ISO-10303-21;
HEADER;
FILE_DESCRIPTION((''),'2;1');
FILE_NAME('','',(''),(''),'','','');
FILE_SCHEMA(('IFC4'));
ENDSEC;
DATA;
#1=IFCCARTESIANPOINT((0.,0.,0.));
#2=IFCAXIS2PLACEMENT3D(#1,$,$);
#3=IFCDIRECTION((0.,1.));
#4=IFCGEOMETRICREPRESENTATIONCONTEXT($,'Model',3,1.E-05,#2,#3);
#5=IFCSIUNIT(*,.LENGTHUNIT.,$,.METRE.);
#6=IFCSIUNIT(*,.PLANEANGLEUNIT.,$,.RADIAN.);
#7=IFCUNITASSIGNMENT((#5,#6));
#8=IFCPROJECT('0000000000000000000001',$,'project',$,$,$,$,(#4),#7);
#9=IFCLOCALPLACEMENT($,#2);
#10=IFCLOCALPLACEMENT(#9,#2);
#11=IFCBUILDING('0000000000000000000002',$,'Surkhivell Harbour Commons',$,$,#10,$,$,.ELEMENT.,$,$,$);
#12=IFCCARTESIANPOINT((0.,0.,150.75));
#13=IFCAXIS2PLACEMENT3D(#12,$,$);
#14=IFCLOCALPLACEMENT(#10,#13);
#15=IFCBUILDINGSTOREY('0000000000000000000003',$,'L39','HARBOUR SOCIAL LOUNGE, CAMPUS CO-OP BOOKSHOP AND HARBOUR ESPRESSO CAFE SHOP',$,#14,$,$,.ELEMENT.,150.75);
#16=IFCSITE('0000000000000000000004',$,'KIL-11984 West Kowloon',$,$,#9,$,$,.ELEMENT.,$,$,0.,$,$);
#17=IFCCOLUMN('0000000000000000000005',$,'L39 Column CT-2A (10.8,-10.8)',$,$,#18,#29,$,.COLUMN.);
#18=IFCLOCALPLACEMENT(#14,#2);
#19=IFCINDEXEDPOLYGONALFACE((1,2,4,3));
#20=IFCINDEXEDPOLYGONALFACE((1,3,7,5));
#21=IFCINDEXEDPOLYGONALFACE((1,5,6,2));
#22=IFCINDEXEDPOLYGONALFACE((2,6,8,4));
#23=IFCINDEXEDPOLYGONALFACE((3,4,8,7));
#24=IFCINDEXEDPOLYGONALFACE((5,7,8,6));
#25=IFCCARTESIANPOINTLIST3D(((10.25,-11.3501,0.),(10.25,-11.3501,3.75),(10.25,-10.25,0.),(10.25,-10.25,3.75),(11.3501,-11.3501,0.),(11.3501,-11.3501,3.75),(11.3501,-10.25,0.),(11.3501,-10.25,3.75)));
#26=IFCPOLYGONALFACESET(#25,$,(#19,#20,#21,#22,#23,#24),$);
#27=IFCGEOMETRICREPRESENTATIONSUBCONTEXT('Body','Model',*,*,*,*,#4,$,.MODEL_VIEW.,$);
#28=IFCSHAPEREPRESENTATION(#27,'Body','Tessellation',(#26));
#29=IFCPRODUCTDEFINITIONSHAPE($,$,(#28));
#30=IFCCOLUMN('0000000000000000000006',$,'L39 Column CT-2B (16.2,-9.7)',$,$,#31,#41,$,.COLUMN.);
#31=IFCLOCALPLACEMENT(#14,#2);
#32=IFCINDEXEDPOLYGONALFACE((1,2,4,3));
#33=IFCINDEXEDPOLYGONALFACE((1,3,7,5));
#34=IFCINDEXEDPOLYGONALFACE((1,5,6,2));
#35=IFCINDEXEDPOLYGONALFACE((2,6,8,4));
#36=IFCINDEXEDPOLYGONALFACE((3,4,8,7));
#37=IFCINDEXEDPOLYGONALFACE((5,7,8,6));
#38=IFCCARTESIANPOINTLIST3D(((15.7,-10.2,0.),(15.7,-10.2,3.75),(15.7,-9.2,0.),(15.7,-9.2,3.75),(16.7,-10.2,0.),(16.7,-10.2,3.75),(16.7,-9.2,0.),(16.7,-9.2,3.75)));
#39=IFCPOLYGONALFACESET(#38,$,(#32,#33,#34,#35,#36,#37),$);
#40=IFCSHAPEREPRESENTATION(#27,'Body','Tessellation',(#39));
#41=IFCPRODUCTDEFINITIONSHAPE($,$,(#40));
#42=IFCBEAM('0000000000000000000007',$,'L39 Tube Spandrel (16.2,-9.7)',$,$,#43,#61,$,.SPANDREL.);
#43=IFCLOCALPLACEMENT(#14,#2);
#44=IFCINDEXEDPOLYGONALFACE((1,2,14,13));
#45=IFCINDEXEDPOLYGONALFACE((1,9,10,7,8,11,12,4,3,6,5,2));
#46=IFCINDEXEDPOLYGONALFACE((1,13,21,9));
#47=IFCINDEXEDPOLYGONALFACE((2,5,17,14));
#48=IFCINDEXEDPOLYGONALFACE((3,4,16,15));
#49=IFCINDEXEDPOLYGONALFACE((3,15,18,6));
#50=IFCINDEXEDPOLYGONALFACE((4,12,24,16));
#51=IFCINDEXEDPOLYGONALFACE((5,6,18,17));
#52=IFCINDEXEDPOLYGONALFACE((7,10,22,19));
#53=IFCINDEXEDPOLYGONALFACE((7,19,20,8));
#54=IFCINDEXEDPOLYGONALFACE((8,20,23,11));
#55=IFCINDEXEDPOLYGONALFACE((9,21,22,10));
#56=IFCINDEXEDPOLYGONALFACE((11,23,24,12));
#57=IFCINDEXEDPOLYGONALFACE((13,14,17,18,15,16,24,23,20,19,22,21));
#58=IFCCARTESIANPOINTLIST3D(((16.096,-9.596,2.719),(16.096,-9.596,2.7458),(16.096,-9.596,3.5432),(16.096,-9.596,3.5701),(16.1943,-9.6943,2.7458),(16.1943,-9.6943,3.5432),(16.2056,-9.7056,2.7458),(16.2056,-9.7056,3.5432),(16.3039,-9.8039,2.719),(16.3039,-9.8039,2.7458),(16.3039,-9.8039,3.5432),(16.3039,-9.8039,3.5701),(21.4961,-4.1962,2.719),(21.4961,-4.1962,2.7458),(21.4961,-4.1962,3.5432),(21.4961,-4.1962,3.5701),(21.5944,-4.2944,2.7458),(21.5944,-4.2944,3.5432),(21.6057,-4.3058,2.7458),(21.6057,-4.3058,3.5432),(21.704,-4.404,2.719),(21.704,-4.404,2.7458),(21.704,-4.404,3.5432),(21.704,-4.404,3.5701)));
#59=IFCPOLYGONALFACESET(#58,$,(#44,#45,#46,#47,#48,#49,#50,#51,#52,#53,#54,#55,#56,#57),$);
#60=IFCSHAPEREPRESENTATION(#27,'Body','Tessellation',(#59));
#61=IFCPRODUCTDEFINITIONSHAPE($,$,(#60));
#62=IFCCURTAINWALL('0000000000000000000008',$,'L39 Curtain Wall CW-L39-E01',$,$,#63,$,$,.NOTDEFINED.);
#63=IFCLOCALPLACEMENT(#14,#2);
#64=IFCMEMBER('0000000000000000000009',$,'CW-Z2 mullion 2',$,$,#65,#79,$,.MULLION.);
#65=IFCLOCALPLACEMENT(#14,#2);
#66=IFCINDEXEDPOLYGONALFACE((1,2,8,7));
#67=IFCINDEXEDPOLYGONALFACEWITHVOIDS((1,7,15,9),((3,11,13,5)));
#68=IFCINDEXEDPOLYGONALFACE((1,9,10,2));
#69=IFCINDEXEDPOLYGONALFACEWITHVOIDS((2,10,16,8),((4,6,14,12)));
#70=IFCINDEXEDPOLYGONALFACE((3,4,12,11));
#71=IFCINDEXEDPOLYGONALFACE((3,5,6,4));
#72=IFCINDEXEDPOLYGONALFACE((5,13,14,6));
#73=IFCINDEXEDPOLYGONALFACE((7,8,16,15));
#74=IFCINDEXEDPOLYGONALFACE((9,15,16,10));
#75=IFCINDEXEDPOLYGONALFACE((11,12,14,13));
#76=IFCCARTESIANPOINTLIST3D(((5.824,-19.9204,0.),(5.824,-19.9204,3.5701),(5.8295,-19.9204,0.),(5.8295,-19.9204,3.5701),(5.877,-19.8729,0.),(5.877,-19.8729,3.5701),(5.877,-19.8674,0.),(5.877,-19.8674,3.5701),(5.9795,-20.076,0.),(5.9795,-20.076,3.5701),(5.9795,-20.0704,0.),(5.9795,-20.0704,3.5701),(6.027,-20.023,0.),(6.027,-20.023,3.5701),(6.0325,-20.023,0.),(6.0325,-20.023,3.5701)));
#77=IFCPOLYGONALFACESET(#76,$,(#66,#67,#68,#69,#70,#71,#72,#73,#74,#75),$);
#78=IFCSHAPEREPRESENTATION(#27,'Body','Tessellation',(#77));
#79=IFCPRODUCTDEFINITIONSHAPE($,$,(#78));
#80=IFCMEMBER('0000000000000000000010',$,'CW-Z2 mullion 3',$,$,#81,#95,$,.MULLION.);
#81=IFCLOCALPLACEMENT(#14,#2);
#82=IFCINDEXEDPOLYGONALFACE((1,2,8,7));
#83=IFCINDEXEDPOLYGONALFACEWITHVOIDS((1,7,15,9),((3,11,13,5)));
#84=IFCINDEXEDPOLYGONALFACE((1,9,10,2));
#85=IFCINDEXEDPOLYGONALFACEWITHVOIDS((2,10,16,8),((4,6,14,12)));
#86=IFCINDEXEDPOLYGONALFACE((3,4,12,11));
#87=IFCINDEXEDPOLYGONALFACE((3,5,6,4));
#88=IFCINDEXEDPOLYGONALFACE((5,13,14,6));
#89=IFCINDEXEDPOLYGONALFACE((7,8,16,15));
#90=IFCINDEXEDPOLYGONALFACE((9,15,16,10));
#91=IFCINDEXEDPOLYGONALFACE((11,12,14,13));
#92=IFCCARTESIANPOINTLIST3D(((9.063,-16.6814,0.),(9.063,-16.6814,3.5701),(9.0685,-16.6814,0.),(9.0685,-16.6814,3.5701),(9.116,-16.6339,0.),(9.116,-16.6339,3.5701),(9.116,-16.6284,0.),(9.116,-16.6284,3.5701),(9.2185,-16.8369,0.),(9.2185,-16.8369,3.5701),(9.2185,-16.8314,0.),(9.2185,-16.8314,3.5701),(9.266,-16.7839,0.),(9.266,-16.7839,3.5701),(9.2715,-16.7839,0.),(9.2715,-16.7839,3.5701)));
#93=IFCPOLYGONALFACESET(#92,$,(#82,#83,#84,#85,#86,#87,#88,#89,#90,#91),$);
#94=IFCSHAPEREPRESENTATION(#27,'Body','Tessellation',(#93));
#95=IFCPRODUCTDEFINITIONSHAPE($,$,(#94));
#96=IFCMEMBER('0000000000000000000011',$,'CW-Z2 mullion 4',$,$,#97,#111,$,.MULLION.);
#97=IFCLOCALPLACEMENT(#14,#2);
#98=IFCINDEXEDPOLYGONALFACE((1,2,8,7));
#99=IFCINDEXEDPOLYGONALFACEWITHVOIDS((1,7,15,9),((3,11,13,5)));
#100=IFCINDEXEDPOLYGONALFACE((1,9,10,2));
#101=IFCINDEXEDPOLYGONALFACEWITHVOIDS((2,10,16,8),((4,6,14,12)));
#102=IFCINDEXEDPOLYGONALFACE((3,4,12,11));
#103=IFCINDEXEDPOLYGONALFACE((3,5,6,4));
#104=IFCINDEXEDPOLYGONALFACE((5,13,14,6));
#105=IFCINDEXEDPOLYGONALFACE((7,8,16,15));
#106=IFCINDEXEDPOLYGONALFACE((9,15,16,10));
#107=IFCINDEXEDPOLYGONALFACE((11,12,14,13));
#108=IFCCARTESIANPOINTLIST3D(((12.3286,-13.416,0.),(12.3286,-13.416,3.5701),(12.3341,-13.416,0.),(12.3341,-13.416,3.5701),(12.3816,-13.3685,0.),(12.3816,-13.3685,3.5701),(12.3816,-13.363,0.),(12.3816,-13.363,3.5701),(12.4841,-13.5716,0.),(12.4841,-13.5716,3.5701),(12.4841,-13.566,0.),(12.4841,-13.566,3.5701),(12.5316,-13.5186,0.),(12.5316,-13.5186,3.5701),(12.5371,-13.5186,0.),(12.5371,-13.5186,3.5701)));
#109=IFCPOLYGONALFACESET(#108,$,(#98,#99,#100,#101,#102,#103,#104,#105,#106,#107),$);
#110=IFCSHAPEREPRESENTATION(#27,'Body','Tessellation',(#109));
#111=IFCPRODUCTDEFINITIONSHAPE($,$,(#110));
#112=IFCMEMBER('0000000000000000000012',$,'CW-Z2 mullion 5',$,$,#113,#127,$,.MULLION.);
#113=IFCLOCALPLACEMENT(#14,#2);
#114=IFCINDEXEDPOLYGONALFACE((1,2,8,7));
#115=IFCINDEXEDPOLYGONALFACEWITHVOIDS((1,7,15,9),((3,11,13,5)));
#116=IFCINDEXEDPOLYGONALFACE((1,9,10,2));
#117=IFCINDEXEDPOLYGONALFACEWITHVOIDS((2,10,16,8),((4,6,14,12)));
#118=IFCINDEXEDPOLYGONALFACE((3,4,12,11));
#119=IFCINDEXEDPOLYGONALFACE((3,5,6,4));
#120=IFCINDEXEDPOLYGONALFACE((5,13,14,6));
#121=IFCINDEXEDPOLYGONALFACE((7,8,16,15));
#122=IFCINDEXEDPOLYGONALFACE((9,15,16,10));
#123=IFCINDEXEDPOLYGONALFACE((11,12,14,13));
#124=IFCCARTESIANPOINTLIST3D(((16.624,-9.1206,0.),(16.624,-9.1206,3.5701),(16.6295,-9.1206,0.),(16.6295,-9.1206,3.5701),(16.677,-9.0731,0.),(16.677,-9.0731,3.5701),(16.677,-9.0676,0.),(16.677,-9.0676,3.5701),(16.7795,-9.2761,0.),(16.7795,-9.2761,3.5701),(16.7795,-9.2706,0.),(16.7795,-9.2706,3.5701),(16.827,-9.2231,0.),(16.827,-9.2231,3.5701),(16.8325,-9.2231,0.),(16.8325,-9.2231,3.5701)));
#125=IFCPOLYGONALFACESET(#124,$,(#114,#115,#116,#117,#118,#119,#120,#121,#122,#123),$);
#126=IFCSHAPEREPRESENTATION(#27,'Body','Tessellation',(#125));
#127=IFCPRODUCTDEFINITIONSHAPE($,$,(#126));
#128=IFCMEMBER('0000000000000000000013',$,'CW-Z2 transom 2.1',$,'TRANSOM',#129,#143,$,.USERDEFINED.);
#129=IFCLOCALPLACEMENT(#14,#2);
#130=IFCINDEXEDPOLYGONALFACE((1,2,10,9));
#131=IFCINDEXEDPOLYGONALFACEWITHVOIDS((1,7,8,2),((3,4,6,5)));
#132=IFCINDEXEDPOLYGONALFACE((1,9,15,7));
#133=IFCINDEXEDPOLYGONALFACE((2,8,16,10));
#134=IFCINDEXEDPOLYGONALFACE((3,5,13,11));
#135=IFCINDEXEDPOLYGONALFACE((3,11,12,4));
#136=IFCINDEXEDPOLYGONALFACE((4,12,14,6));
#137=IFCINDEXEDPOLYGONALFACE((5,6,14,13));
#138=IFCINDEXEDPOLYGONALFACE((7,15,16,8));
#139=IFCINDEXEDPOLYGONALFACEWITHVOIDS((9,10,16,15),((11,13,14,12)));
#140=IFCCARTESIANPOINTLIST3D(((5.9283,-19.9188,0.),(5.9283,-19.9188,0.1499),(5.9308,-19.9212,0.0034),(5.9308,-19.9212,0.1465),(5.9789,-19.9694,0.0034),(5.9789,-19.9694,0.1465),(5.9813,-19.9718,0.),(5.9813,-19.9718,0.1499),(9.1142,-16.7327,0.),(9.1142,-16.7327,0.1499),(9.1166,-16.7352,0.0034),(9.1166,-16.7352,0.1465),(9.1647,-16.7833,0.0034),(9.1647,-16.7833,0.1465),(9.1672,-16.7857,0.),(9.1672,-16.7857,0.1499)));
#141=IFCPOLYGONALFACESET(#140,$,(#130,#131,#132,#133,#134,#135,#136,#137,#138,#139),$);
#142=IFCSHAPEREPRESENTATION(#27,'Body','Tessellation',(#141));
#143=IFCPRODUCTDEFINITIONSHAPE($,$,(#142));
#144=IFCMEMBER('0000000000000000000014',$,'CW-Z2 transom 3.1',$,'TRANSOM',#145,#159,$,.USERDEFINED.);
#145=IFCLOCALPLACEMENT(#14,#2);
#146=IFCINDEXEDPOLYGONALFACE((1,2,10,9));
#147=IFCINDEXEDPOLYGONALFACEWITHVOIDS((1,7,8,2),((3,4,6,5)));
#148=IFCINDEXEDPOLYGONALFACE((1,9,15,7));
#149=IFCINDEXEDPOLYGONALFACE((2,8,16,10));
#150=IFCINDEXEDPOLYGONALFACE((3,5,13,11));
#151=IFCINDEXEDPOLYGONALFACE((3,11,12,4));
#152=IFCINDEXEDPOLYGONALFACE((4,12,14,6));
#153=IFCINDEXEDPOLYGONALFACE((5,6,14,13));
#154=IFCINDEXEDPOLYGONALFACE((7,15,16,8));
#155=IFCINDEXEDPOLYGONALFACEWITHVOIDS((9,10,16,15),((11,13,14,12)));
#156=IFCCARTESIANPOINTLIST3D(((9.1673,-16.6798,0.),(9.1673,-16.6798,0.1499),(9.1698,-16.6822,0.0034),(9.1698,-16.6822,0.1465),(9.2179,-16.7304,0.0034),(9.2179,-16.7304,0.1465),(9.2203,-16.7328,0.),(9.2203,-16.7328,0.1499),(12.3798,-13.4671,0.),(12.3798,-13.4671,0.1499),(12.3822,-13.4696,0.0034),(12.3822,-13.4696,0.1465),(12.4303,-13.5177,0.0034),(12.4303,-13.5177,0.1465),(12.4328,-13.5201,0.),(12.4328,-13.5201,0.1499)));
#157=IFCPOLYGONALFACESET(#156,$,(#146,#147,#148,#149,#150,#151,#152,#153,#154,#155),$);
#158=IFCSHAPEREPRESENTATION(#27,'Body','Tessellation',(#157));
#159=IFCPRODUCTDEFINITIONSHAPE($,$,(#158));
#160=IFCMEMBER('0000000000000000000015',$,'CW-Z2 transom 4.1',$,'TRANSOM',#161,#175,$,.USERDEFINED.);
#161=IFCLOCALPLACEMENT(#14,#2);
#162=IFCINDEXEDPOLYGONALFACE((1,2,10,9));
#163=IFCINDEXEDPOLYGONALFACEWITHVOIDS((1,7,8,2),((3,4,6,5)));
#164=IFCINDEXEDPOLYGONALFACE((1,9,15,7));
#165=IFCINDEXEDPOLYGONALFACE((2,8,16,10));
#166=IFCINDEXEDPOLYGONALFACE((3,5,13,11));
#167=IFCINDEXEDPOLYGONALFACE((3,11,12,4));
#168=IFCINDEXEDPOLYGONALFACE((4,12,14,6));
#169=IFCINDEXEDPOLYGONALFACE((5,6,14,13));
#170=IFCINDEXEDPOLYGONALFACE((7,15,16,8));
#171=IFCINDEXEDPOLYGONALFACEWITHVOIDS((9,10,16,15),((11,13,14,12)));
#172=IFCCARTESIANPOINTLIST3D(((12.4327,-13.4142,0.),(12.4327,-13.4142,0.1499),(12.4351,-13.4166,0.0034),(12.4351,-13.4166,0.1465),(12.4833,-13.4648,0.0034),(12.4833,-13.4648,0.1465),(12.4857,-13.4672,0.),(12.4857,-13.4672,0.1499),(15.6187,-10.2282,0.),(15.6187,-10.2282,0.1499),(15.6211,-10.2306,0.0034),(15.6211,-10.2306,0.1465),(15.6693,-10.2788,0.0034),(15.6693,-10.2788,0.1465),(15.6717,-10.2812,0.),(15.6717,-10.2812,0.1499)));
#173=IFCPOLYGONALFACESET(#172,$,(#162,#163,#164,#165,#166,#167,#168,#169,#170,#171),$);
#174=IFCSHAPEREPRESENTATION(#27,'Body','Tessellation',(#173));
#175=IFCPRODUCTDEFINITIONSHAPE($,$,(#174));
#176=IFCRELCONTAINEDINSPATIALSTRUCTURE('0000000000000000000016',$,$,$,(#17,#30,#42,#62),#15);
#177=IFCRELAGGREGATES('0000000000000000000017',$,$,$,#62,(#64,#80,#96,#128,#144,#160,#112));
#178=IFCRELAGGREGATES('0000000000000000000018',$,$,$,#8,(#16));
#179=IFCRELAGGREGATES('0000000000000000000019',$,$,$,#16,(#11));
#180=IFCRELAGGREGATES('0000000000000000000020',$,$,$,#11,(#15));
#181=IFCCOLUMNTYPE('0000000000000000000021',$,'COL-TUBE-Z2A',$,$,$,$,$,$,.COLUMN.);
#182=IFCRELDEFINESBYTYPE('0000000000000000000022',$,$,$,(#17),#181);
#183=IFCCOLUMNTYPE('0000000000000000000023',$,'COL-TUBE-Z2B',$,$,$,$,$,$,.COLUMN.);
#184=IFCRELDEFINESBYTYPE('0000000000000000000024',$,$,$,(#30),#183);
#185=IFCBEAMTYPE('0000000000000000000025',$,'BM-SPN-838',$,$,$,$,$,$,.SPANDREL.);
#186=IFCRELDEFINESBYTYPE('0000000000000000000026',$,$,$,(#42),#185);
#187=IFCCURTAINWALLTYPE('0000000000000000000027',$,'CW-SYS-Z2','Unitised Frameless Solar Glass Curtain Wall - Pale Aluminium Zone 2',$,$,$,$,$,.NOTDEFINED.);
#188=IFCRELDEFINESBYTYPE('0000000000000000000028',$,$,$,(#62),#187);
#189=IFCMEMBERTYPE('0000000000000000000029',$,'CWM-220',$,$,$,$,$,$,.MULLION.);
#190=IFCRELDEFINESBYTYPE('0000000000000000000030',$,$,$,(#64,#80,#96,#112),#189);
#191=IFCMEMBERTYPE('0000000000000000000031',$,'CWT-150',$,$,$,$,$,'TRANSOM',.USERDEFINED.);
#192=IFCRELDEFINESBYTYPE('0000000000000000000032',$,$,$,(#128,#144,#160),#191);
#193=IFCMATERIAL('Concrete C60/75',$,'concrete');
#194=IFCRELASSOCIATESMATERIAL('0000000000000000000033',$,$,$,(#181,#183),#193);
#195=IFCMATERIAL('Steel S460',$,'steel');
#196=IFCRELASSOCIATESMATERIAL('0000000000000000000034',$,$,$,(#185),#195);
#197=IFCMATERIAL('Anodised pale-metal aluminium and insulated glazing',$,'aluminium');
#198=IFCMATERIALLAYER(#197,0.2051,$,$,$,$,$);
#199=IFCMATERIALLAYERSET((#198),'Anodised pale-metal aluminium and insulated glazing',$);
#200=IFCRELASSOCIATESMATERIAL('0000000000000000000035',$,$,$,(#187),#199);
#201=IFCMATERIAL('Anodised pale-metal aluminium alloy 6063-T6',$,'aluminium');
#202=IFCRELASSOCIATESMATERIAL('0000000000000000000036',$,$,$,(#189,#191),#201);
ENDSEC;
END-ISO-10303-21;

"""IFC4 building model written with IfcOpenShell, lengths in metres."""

from ifc_helpers import new_model, si_unit, direction, frame, origin, origin_2d, place, context, subcontext, project, spatial, rectangle, hollow_rectangle, i_section, extrude, material, layer, layer_set, material_profile, profile_set, type_object, element, aggregate, save


model = new_model("IFC4")

# Units and contexts
model_context = context("Model", 3, precision=1e-05, world=origin(), true_north=direction((0.0, 1.0)))
body_context = subcontext(model_context, "Body", "Model", "MODEL_VIEW")
ifc_project = project(units=[si_unit("LENGTHUNIT", "METRE"), si_unit("PLANEANGLEUNIT", "RADIAN")], contexts=[model_context])

# Site, building, storey
site_placement = place(None, origin())
site = spatial("IfcSite", under=ifc_project, at=site_placement, Name="KIL-11984 West Kowloon", CompositionType="ELEMENT", RefElevation=0.0)
building_placement = place(site_placement, origin())
building = spatial("IfcBuilding", under=site, at=building_placement, Name="Surkhivell Harbour Commons", CompositionType="ELEMENT")
storey_placement = place(building_placement, frame((0.0, 0.0, 150.75)))
storey = spatial("IfcBuildingStorey", under=building, at=storey_placement, Name="L39", Description="HARBOUR SOCIAL LOUNGE, CAMPUS CO-OP BOOKSHOP AND HARBOUR ESPRESSO CAFE SHOP", CompositionType="ELEMENT", Elevation=150.75)

# Columns
ifc_material_1 = material(Name="Concrete C60/75", Category="concrete")
ifc_material_profile_1 = material_profile(ifc_material_1, rectangle(XDim=1.1001, YDim=1.1001, at=origin_2d()), Name="RC-COL-1100x1100")
ifc_profile_set_1 = profile_set([ifc_material_profile_1], Name="Concrete C60/75")
column_type_1 = type_object("IfcColumnType", Name="COL-TUBE-Z2A", PredefinedType="COLUMN", material=ifc_profile_set_1)
column_1_placement = place(storey_placement, frame((10.8, -10.8, 0.0), z_axis=(0.0, 0.0, 1.0), x_axis=(1.0, 0.0, 0.0)))
element("IfcColumn", 1, at=column_1_placement, inside=storey, type_object=column_type_1, Name="L39 Column CT-2A (10.8,-10.8)", PredefinedType="COLUMN", context=body_context, shape_type="SweptSolid", body=[
    extrude(rectangle(XDim=1.1001, YDim=1.1001, at=origin_2d()), origin(), (0.0, 0.0, 1.0), 3.75),
])
ifc_material_profile_2 = material_profile(ifc_material_1, rectangle(XDim=1.0, YDim=1.0, at=origin_2d()), Name="RC-COL-1000x1000")
ifc_profile_set_2 = profile_set([ifc_material_profile_2], Name="Concrete C60/75")
column_type_2 = type_object("IfcColumnType", Name="COL-TUBE-Z2B", PredefinedType="COLUMN", material=ifc_profile_set_2)
column_2_placement = place(storey_placement, frame((16.2, -9.7, 0.0), z_axis=(0.0, 0.0, 1.0), x_axis=(1.0, 0.0, 0.0)))
element("IfcColumn", 2, at=column_2_placement, inside=storey, type_object=column_type_2, Name="L39 Column CT-2B (16.2,-9.7)", PredefinedType="COLUMN", context=body_context, shape_type="SweptSolid", body=[
    extrude(rectangle(XDim=1.0, YDim=1.0, at=origin_2d()), origin(), (0.0, 0.0, 1.0), 3.75),
])

# Beam
ifc_material_2 = material(Name="Steel S460", Category="steel")
ifc_material_profile_3 = material_profile(ifc_material_2, i_section(OverallWidth=0.2939, OverallDepth=0.8511, WebThickness=0.0161, FlangeThickness=0.0269, at=origin_2d()), Name="UB838x292x226")
ifc_profile_set_3 = profile_set([ifc_material_profile_3], Name="Steel S460")
beam_type = type_object("IfcBeamType", Name="BM-SPN-838", PredefinedType="SPANDREL", material=ifc_profile_set_3)
beam_placement = place(storey_placement, frame((16.2, -9.7, 3.1445), z_axis=(0.707123, 0.707091, 0.0), x_axis=(-0.707091, 0.707123, 0.0)))
element("IfcBeam", 3, at=beam_placement, inside=storey, type_object=beam_type, Name="L39 Tube Spandrel (16.2,-9.7)", PredefinedType="SPANDREL", context=body_context, shape_type="SweptSolid", body=[
    extrude(i_section(OverallWidth=0.2939, OverallDepth=0.8511, WebThickness=0.0161, FlangeThickness=0.0269, at=origin_2d()), origin(), (0.0, 0.0, 1.0), 7.6367),
])

# Curtain wall, members
ifc_material_3 = material(Name="Anodised pale-metal aluminium and insulated glazing", Category="aluminium")
ifc_layer_1 = layer(ifc_material_3, 0.2051)
ifc_layer_set_1 = layer_set([ifc_layer_1], Name="Anodised pale-metal aluminium and insulated glazing")
curtain_wall_type = type_object("IfcCurtainWallType", Name="CW-SYS-Z2", Description="Unitised Frameless Solar Glass Curtain Wall - Pale Aluminium Zone 2", PredefinedType="NOTDEFINED", material=ifc_layer_set_1)
curtain_wall_placement = place(storey_placement, origin())
curtain_wall = element("IfcCurtainWall", 4, at=curtain_wall_placement, inside=storey, type_object=curtain_wall_type, Name="L39 Curtain Wall CW-L39-E01", PredefinedType="NOTDEFINED")
ifc_material_4 = material(Name="Anodised pale-metal aluminium alloy 6063-T6", Category="aluminium")
ifc_material_profile_4 = material_profile(ifc_material_4, hollow_rectangle(XDim=0.075, YDim=0.22, WallThickness=0.0039, at=origin_2d()), Name="ALU-MULL-75x220")
ifc_profile_set_4 = profile_set([ifc_material_profile_4], Name="Anodised pale-metal aluminium alloy 6063-T6")
member_type_1 = type_object("IfcMemberType", Name="CWM-220", PredefinedType="MULLION", material=ifc_profile_set_4)
member_1_placement = place(storey_placement, frame((5.9282, -19.9717, 0.0), z_axis=(0.0, 0.0, 1.0), x_axis=(0.707107, 0.707107, 0.0)))
member_1 = element("IfcMember", 5, at=member_1_placement, type_object=member_type_1, Name="CW-Z2 mullion 2", PredefinedType="MULLION", context=body_context, shape_type="SweptSolid", body=[
    extrude(hollow_rectangle(XDim=0.075, YDim=0.22, WallThickness=0.0039, at=origin_2d()), origin(), (0.0, 0.0, 1.0), 3.5701),
])
member_2_placement = place(storey_placement, frame((9.1672, -16.7327, 0.0), z_axis=(0.0, 0.0, 1.0), x_axis=(0.707107, 0.707107, 0.0)))
member_2 = element("IfcMember", 6, at=member_2_placement, type_object=member_type_1, Name="CW-Z2 mullion 3", PredefinedType="MULLION", context=body_context, shape_type="SweptSolid", body=[
    extrude(hollow_rectangle(XDim=0.075, YDim=0.22, WallThickness=0.0039, at=origin_2d()), origin(), (0.0, 0.0, 1.0), 3.5701),
])
member_3_placement = place(storey_placement, frame((12.4329, -13.4673, 0.0), z_axis=(0.0, 0.0, 1.0), x_axis=(0.707107, 0.707107, 0.0)))
member_3 = element("IfcMember", 7, at=member_3_placement, type_object=member_type_1, Name="CW-Z2 mullion 4", PredefinedType="MULLION", context=body_context, shape_type="SweptSolid", body=[
    extrude(hollow_rectangle(XDim=0.075, YDim=0.22, WallThickness=0.0039, at=origin_2d()), origin(), (0.0, 0.0, 1.0), 3.5701),
])
member_4_placement = place(storey_placement, frame((16.7283, -9.1719, 0.0), z_axis=(0.0, 0.0, 1.0), x_axis=(0.707107, 0.707107, 0.0)))
member_4 = element("IfcMember", 8, at=member_4_placement, type_object=member_type_1, Name="CW-Z2 mullion 5", PredefinedType="MULLION", context=body_context, shape_type="SweptSolid", body=[
    extrude(hollow_rectangle(XDim=0.075, YDim=0.22, WallThickness=0.0039, at=origin_2d()), origin(), (0.0, 0.0, 1.0), 3.5701),
])
ifc_material_profile_5 = material_profile(ifc_material_4, hollow_rectangle(XDim=0.075, YDim=0.1499, WallThickness=0.0034, at=origin_2d()), Name="ALU-TRAN-75x150")
ifc_profile_set_5 = profile_set([ifc_material_profile_5], Name="Anodised pale-metal aluminium alloy 6063-T6")
member_type_2 = type_object("IfcMemberType", Name="CWT-150", ElementType="TRANSOM", PredefinedType="USERDEFINED", material=ifc_profile_set_5)
member_5_placement = place(storey_placement, frame((5.9548, -19.9453, 0.075), z_axis=(0.70708, 0.707134, 0.0), x_axis=(-0.707134, 0.70708, 0.0)))
member_5 = element("IfcMember", 9, at=member_5_placement, type_object=member_type_2, Name="CW-Z2 transom 2.1", ObjectType="TRANSOM", PredefinedType="USERDEFINED", context=body_context, shape_type="SweptSolid", body=[
    extrude(hollow_rectangle(XDim=0.075, YDim=0.1499, WallThickness=0.0034, at=origin_2d()), origin(), (0.0, 0.0, 1.0), 4.5056),
])
member_6_placement = place(storey_placement, frame((9.1938, -16.7063, 0.075), z_axis=(0.70708, 0.707134, 0.0), x_axis=(-0.707134, 0.70708, 0.0)))
member_6 = element("IfcMember", 10, at=member_6_placement, type_object=member_type_2, Name="CW-Z2 transom 3.1", ObjectType="TRANSOM", PredefinedType="USERDEFINED", context=body_context, shape_type="SweptSolid", body=[
    extrude(hollow_rectangle(XDim=0.075, YDim=0.1499, WallThickness=0.0034, at=origin_2d()), origin(), (0.0, 0.0, 1.0), 4.5432),
])
member_7_placement = place(storey_placement, frame((12.4592, -13.4407, 0.075), z_axis=(0.707107, 0.707107, 0.0), x_axis=(-0.707107, 0.707107, 0.0)))
member_7 = element("IfcMember", 11, at=member_7_placement, type_object=member_type_2, Name="CW-Z2 transom 4.1", ObjectType="TRANSOM", PredefinedType="USERDEFINED", context=body_context, shape_type="SweptSolid", body=[
    extrude(hollow_rectangle(XDim=0.075, YDim=0.1499, WallThickness=0.0034, at=origin_2d()), origin(), (0.0, 0.0, 1.0), 4.5056),
])
aggregate(curtain_wall, [member_1, member_2, member_3, member_5, member_6, member_7, member_4])

save(model, "model.ifc")
